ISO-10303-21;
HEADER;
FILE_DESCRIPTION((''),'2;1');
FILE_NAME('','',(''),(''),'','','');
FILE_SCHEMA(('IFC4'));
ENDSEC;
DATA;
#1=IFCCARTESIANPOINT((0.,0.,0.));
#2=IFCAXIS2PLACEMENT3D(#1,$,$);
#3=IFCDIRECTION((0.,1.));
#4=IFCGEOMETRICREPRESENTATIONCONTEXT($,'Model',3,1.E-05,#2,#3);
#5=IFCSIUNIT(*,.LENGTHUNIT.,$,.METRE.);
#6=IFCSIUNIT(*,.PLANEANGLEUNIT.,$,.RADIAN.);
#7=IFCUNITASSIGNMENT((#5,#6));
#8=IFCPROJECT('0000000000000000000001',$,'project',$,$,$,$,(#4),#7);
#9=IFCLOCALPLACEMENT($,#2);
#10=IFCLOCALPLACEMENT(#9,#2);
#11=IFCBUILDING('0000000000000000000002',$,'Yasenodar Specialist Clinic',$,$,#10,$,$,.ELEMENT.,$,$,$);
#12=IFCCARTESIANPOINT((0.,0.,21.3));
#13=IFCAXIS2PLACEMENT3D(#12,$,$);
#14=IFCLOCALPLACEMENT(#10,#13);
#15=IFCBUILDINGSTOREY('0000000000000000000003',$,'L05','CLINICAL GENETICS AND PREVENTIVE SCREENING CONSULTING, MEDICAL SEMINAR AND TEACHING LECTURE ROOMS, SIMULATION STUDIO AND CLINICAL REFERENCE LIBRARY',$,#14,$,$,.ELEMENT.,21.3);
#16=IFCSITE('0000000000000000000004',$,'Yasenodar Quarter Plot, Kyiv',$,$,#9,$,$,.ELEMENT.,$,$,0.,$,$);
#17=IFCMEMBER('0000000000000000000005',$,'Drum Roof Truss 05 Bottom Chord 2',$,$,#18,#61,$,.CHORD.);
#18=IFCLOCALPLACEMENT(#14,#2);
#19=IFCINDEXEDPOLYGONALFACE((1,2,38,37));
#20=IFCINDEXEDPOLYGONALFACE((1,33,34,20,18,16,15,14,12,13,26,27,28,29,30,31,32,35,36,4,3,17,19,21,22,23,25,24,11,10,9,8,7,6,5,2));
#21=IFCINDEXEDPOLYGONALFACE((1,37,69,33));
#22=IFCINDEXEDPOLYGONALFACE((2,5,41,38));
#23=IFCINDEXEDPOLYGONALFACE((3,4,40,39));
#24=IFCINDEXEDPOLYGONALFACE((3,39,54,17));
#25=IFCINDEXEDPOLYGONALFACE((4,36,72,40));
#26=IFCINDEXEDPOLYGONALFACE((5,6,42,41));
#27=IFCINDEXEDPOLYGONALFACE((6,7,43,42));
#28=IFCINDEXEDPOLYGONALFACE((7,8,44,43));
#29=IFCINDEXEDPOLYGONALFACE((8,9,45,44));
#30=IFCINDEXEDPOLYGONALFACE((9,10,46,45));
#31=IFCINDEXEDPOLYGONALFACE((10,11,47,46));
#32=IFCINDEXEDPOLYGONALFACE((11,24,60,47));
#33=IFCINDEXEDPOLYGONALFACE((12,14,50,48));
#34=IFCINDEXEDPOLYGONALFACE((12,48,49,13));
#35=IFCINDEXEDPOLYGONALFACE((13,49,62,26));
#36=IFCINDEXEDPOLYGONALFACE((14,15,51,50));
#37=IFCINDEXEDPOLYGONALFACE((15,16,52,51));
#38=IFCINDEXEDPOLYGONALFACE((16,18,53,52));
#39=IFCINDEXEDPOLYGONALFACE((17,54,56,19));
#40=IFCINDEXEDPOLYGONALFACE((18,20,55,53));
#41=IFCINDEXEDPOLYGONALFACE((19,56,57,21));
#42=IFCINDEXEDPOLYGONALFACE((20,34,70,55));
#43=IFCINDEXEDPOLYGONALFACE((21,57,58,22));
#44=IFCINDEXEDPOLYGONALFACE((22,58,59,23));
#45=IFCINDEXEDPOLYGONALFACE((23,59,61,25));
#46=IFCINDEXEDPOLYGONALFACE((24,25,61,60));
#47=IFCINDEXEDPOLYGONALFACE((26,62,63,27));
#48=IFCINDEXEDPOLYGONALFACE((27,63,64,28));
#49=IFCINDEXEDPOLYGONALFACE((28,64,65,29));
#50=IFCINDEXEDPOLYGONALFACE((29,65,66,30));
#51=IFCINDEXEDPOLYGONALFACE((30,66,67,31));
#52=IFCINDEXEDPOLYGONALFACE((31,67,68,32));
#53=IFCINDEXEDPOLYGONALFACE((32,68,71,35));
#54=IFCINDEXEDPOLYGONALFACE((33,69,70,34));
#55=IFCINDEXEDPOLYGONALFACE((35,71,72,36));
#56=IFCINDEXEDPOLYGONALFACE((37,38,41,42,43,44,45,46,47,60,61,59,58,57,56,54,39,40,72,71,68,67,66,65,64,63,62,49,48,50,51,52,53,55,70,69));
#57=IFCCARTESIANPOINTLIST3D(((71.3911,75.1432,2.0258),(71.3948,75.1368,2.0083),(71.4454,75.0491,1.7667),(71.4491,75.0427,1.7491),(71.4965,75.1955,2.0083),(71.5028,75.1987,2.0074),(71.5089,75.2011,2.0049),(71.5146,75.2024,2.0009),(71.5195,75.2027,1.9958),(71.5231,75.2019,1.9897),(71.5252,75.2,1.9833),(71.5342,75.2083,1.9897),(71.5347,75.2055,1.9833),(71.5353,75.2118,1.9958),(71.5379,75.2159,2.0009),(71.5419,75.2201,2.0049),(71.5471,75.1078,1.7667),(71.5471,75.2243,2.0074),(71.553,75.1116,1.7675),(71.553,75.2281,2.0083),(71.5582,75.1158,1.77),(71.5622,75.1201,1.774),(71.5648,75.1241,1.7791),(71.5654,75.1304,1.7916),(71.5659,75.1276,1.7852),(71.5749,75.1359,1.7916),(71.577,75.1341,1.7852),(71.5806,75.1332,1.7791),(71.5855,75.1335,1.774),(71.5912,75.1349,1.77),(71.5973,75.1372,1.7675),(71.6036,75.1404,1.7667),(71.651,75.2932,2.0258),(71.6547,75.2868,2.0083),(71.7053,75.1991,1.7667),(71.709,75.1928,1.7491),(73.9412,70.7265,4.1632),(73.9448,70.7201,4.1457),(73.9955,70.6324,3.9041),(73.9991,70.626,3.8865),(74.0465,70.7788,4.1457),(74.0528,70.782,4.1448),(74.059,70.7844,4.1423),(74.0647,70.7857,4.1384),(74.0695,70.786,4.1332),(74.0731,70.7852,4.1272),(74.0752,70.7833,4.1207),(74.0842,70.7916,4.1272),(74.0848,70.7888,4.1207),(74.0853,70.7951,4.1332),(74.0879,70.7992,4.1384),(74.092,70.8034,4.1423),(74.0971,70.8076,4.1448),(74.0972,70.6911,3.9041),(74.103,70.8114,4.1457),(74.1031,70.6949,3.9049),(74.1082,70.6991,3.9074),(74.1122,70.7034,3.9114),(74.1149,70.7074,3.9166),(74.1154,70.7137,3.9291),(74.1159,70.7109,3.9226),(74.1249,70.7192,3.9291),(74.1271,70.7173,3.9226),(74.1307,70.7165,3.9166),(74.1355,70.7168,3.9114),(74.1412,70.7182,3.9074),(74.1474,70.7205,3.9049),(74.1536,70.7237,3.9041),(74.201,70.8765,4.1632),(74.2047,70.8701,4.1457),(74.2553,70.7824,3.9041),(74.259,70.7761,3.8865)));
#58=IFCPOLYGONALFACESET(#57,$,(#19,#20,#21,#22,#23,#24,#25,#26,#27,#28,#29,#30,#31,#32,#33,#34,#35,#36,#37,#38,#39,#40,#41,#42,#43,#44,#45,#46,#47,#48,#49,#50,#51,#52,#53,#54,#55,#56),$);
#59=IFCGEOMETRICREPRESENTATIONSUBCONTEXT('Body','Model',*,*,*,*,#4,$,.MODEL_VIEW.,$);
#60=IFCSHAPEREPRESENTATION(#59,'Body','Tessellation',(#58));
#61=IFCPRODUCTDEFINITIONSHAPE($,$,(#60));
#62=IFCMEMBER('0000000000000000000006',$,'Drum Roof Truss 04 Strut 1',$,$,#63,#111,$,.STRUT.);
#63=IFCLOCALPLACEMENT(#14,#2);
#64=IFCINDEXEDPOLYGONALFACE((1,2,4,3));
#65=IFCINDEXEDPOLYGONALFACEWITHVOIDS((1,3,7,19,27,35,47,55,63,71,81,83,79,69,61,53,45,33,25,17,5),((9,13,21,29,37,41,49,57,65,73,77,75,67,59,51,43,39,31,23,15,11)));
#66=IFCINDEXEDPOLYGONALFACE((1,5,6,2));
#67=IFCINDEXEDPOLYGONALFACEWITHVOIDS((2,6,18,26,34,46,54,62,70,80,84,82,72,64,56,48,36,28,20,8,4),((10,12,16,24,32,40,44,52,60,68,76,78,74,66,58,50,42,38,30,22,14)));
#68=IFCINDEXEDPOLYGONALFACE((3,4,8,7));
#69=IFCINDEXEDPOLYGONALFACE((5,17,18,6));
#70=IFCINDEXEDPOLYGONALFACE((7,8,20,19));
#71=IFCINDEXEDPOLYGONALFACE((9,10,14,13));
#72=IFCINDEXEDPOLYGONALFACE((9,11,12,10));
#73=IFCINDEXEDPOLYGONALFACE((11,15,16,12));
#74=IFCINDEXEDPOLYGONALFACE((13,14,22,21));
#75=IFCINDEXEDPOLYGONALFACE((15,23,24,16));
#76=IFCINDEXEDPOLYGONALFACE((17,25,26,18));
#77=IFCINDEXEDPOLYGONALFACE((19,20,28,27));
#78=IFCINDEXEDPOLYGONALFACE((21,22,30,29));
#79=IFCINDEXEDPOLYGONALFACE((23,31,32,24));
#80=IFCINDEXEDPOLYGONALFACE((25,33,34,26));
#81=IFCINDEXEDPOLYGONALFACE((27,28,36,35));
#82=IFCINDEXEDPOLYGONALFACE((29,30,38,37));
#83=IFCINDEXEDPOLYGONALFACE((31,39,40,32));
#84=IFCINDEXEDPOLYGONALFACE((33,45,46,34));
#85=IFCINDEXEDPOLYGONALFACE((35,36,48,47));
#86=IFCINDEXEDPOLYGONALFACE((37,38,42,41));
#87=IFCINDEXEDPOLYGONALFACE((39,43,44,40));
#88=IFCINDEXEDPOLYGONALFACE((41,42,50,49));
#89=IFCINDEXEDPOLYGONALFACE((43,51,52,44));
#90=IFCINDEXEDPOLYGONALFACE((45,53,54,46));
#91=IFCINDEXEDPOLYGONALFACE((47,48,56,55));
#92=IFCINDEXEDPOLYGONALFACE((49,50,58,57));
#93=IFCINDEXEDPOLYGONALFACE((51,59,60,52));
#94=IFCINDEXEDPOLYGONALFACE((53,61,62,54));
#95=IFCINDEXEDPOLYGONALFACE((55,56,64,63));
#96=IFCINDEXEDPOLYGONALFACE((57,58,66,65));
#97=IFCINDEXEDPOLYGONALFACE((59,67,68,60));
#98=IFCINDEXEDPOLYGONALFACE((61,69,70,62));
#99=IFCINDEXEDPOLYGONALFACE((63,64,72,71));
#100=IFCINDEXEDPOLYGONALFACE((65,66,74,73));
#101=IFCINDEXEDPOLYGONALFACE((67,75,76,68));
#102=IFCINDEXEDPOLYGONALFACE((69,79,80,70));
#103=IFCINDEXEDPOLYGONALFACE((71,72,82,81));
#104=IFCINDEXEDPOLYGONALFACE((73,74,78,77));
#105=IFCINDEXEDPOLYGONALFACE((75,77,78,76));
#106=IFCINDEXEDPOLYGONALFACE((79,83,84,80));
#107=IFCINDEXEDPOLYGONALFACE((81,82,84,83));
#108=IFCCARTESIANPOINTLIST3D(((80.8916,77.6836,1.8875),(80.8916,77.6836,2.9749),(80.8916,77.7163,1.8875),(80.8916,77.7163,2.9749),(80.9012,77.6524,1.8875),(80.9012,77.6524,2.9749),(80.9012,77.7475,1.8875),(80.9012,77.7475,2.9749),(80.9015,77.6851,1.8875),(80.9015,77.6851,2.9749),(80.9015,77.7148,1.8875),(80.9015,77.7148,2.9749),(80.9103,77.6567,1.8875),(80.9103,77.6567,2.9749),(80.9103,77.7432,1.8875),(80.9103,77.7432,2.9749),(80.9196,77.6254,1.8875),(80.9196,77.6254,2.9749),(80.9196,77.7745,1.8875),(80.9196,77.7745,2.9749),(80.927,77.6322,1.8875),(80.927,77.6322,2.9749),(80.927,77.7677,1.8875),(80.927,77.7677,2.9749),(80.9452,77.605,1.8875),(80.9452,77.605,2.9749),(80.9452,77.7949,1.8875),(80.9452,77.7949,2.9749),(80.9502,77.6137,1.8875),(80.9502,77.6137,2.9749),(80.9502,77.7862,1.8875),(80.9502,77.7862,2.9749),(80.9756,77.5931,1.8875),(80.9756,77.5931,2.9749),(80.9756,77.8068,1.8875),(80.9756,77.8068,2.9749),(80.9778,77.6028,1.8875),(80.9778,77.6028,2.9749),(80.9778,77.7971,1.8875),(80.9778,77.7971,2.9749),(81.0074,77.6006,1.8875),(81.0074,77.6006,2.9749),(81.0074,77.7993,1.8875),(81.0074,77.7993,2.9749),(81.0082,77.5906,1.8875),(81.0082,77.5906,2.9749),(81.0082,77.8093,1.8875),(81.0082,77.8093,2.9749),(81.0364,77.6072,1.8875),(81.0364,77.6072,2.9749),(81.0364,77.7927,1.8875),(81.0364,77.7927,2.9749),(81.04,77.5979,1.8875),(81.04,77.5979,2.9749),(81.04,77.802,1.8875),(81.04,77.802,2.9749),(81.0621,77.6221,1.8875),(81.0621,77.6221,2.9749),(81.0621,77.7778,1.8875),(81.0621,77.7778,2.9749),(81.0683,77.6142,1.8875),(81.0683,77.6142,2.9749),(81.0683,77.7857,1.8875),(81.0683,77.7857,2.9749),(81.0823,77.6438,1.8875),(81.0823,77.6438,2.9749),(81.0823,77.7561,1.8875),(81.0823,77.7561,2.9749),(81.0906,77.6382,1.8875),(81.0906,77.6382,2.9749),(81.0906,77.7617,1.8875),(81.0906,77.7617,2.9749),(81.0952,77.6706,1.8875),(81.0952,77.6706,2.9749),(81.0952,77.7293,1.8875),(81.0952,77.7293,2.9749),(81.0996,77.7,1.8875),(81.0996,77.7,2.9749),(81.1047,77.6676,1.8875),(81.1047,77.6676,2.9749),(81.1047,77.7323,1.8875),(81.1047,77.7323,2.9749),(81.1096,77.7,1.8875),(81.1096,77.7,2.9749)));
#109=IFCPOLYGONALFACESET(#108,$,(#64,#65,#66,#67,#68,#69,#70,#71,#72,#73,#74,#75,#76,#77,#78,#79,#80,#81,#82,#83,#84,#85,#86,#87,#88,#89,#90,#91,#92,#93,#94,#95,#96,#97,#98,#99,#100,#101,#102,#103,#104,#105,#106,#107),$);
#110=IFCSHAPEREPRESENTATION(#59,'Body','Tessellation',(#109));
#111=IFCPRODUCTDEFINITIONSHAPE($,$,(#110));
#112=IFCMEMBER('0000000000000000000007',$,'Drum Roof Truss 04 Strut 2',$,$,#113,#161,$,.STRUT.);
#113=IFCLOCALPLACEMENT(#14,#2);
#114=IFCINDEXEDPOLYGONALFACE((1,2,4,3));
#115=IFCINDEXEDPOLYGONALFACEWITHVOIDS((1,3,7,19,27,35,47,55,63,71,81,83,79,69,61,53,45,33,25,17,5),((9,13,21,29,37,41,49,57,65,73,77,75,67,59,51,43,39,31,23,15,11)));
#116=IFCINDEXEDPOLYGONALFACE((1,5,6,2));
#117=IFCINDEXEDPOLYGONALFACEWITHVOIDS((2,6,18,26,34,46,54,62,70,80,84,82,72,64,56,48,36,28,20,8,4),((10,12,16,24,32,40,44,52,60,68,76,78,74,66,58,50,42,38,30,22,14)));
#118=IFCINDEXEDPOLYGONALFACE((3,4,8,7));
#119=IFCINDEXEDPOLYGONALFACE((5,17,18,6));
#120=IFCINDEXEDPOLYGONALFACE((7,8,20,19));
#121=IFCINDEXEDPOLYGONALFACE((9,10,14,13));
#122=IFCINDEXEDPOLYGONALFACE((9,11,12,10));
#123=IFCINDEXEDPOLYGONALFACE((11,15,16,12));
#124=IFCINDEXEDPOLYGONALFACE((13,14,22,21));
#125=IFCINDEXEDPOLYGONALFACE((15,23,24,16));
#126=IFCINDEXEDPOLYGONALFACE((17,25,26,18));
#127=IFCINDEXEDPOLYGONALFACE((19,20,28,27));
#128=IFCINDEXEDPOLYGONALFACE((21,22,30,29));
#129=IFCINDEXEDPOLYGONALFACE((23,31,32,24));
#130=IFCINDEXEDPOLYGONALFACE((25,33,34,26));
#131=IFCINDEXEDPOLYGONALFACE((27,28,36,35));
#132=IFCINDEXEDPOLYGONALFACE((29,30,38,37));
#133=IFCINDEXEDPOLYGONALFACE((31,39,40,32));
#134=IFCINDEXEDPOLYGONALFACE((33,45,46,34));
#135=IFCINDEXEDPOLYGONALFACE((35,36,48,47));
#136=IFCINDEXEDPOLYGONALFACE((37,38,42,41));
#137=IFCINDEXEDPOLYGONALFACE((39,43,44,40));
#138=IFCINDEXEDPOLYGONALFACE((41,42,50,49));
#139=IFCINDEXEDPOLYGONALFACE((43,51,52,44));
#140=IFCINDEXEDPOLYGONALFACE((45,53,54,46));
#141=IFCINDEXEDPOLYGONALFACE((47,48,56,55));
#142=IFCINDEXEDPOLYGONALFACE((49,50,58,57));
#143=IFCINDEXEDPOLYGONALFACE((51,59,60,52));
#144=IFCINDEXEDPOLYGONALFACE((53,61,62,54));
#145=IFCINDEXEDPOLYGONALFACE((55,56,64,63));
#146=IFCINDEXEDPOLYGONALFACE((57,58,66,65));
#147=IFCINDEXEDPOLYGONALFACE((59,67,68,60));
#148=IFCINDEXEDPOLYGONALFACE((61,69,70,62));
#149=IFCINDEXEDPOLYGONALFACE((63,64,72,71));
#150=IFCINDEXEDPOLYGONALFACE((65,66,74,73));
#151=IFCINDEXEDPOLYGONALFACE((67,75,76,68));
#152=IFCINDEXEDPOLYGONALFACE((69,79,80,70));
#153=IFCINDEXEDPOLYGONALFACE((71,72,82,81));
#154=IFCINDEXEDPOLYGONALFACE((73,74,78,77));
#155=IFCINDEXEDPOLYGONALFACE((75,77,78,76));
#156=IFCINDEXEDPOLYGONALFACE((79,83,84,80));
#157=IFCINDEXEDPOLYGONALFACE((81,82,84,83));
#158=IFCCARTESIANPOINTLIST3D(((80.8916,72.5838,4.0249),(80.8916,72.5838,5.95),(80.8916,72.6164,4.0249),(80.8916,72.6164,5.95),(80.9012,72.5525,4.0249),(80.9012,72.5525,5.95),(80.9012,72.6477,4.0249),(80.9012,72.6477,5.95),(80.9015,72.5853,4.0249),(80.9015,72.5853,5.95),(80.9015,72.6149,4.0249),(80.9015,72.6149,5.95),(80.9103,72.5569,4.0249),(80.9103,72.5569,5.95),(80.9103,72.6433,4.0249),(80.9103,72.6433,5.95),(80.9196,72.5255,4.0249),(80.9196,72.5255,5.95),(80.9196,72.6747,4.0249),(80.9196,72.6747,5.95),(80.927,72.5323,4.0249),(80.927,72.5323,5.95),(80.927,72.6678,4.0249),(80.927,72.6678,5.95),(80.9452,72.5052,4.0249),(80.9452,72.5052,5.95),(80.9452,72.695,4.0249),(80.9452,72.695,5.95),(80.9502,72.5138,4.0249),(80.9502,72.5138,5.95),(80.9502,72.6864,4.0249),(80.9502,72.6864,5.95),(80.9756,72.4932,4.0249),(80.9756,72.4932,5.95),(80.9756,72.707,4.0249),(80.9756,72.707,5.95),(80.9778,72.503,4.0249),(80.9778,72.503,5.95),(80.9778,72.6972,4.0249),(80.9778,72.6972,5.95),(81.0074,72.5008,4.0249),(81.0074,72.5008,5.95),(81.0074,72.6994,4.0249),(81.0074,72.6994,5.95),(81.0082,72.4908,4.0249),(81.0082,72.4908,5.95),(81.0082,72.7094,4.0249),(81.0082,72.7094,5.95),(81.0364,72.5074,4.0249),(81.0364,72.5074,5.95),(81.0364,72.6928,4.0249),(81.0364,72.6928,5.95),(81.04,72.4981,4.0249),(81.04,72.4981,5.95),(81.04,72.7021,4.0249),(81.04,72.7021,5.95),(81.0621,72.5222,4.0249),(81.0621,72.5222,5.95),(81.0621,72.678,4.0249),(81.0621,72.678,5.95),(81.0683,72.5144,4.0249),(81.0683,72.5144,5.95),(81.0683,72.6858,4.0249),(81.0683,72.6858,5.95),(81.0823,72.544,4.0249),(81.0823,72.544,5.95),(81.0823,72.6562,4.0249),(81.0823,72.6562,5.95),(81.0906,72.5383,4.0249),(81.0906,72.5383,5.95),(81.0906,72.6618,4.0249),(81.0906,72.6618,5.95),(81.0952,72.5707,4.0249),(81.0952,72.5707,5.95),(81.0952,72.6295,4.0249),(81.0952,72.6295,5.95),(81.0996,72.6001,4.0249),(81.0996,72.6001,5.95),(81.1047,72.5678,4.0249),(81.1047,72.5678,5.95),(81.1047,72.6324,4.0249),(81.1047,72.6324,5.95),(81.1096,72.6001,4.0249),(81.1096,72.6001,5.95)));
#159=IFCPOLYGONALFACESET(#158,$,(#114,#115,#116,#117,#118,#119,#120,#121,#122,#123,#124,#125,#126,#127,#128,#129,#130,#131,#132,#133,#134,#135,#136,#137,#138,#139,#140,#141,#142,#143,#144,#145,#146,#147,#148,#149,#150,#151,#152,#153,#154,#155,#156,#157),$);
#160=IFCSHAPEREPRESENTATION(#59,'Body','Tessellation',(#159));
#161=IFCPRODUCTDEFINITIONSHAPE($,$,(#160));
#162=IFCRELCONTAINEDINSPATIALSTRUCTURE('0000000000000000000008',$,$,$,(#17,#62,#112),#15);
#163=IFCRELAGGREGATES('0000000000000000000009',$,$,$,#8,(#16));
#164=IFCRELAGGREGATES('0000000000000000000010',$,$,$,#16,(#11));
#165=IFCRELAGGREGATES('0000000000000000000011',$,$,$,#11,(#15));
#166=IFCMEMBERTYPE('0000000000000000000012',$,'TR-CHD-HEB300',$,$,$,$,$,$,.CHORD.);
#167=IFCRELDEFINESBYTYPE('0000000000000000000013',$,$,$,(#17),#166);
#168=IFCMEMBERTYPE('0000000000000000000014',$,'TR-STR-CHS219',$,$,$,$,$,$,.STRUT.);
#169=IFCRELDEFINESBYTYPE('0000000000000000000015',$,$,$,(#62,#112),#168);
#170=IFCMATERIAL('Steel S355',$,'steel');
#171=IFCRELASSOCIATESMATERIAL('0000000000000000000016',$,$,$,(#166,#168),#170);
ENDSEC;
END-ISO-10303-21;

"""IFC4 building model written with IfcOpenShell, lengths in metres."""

from ifc_helpers import new_model, si_unit, direction, frame, origin, origin_2d, place, context, subcontext, project, spatial, hollow_circle, i_section, extrude, material, material_profile, profile_set, type_object, element, save


model = new_model("IFC4")

# Units and contexts
model_context = context("Model", 3, precision=1e-05, world=origin(), true_north=direction((0.0, 1.0)))
body_context = subcontext(model_context, "Body", "Model", "MODEL_VIEW")
ifc_project = project(units=[si_unit("LENGTHUNIT", "METRE"), si_unit("PLANEANGLEUNIT", "RADIAN")], contexts=[model_context])

# Site, building, storey
site_placement = place(None, origin())
site = spatial("IfcSite", under=ifc_project, at=site_placement, Name="Yasenodar Quarter Plot, Kyiv", CompositionType="ELEMENT", RefElevation=0.0)
building_placement = place(site_placement, origin())
building = spatial("IfcBuilding", under=site, at=building_placement, Name="Yasenodar Specialist Clinic", CompositionType="ELEMENT")
storey_placement = place(building_placement, frame((0.0, 0.0, 21.3)))
storey = spatial("IfcBuildingStorey", under=building, at=storey_placement, Name="L05", Description="CLINICAL GENETICS AND PREVENTIVE SCREENING CONSULTING, MEDICAL SEMINAR AND TEACHING LECTURE ROOMS, SIMULATION STUDIO AND CLINICAL REFERENCE LIBRARY", CompositionType="ELEMENT", Elevation=21.3)

# Shared definitions
ifc_material_1 = material(Name="Steel S355", Category="steel")

# Members
ifc_material_profile_1 = material_profile(ifc_material_1, i_section(OverallWidth=0.3, OverallDepth=0.3, WebThickness=0.011, FlangeThickness=0.019, FilletRadius=0.0271, at=origin_2d()), Name="HEB 300")
ifc_profile_set_1 = profile_set([ifc_material_profile_1], Name="Steel S355")
member_type_1 = type_object("IfcMemberType", Name="TR-CHD-HEB300", PredefinedType="CHORD", material=ifc_profile_set_1)
for number, where, z_axis, x_axis, name in (
    (1, (71.55, 75.168, 1.8875), (0.461143, -0.798712, 0.386531), (0.866022, 0.500006, 0.0), "Drum Roof Truss 05 Bottom Chord 2"),
):
    element("IfcMember", number, at=place(storey_placement, frame(where, z_axis=z_axis, x_axis=x_axis)), inside=storey, type_object=member_type_1, Name=name, PredefinedType="CHORD", context=body_context, shape_type="SweptSolid", body=[
        extrude(i_section(OverallWidth=0.3, OverallDepth=0.3, WebThickness=0.011, FlangeThickness=0.019, FilletRadius=0.0271, at=origin_2d()), origin(), (0.0, 0.0, 1.0), 5.5298),
    ])
ifc_material_profile_2 = material_profile(ifc_material_1, hollow_circle(Radius=0.1096, WallThickness=0.01, at=origin_2d()), Name="CHS 219.1x10")
ifc_profile_set_2 = profile_set([ifc_material_profile_2], Name="Steel S355")
member_type_2 = type_object("IfcMemberType", Name="TR-STR-CHS219", PredefinedType="STRUT", material=ifc_profile_set_2)
member_1_placement = place(storey_placement, frame((81.0, 77.7, 1.8875), z_axis=(0.0, 0.0, 1.0), x_axis=(1.0, 0.0, 0.0)))
element("IfcMember", 2, at=member_1_placement, inside=storey, type_object=member_type_2, Name="Drum Roof Truss 04 Strut 1", PredefinedType="STRUT", context=body_context, shape_type="SweptSolid", body=[
    extrude(hollow_circle(Radius=0.1096, WallThickness=0.01, at=origin_2d()), origin(), (0.0, 0.0, 1.0), 1.0874),
])
member_2_placement = place(storey_placement, frame((81.0, 72.6001, 4.0249), z_axis=(0.0, 0.0, 1.0), x_axis=(1.0, 0.0, 0.0)))
element("IfcMember", 3, at=member_2_placement, inside=storey, type_object=member_type_2, Name="Drum Roof Truss 04 Strut 2", PredefinedType="STRUT", context=body_context, shape_type="SweptSolid", body=[
    extrude(hollow_circle(Radius=0.1096, WallThickness=0.01, at=origin_2d()), origin(), (0.0, 0.0, 1.0), 1.925),
])

save(model, "model.ifc")
